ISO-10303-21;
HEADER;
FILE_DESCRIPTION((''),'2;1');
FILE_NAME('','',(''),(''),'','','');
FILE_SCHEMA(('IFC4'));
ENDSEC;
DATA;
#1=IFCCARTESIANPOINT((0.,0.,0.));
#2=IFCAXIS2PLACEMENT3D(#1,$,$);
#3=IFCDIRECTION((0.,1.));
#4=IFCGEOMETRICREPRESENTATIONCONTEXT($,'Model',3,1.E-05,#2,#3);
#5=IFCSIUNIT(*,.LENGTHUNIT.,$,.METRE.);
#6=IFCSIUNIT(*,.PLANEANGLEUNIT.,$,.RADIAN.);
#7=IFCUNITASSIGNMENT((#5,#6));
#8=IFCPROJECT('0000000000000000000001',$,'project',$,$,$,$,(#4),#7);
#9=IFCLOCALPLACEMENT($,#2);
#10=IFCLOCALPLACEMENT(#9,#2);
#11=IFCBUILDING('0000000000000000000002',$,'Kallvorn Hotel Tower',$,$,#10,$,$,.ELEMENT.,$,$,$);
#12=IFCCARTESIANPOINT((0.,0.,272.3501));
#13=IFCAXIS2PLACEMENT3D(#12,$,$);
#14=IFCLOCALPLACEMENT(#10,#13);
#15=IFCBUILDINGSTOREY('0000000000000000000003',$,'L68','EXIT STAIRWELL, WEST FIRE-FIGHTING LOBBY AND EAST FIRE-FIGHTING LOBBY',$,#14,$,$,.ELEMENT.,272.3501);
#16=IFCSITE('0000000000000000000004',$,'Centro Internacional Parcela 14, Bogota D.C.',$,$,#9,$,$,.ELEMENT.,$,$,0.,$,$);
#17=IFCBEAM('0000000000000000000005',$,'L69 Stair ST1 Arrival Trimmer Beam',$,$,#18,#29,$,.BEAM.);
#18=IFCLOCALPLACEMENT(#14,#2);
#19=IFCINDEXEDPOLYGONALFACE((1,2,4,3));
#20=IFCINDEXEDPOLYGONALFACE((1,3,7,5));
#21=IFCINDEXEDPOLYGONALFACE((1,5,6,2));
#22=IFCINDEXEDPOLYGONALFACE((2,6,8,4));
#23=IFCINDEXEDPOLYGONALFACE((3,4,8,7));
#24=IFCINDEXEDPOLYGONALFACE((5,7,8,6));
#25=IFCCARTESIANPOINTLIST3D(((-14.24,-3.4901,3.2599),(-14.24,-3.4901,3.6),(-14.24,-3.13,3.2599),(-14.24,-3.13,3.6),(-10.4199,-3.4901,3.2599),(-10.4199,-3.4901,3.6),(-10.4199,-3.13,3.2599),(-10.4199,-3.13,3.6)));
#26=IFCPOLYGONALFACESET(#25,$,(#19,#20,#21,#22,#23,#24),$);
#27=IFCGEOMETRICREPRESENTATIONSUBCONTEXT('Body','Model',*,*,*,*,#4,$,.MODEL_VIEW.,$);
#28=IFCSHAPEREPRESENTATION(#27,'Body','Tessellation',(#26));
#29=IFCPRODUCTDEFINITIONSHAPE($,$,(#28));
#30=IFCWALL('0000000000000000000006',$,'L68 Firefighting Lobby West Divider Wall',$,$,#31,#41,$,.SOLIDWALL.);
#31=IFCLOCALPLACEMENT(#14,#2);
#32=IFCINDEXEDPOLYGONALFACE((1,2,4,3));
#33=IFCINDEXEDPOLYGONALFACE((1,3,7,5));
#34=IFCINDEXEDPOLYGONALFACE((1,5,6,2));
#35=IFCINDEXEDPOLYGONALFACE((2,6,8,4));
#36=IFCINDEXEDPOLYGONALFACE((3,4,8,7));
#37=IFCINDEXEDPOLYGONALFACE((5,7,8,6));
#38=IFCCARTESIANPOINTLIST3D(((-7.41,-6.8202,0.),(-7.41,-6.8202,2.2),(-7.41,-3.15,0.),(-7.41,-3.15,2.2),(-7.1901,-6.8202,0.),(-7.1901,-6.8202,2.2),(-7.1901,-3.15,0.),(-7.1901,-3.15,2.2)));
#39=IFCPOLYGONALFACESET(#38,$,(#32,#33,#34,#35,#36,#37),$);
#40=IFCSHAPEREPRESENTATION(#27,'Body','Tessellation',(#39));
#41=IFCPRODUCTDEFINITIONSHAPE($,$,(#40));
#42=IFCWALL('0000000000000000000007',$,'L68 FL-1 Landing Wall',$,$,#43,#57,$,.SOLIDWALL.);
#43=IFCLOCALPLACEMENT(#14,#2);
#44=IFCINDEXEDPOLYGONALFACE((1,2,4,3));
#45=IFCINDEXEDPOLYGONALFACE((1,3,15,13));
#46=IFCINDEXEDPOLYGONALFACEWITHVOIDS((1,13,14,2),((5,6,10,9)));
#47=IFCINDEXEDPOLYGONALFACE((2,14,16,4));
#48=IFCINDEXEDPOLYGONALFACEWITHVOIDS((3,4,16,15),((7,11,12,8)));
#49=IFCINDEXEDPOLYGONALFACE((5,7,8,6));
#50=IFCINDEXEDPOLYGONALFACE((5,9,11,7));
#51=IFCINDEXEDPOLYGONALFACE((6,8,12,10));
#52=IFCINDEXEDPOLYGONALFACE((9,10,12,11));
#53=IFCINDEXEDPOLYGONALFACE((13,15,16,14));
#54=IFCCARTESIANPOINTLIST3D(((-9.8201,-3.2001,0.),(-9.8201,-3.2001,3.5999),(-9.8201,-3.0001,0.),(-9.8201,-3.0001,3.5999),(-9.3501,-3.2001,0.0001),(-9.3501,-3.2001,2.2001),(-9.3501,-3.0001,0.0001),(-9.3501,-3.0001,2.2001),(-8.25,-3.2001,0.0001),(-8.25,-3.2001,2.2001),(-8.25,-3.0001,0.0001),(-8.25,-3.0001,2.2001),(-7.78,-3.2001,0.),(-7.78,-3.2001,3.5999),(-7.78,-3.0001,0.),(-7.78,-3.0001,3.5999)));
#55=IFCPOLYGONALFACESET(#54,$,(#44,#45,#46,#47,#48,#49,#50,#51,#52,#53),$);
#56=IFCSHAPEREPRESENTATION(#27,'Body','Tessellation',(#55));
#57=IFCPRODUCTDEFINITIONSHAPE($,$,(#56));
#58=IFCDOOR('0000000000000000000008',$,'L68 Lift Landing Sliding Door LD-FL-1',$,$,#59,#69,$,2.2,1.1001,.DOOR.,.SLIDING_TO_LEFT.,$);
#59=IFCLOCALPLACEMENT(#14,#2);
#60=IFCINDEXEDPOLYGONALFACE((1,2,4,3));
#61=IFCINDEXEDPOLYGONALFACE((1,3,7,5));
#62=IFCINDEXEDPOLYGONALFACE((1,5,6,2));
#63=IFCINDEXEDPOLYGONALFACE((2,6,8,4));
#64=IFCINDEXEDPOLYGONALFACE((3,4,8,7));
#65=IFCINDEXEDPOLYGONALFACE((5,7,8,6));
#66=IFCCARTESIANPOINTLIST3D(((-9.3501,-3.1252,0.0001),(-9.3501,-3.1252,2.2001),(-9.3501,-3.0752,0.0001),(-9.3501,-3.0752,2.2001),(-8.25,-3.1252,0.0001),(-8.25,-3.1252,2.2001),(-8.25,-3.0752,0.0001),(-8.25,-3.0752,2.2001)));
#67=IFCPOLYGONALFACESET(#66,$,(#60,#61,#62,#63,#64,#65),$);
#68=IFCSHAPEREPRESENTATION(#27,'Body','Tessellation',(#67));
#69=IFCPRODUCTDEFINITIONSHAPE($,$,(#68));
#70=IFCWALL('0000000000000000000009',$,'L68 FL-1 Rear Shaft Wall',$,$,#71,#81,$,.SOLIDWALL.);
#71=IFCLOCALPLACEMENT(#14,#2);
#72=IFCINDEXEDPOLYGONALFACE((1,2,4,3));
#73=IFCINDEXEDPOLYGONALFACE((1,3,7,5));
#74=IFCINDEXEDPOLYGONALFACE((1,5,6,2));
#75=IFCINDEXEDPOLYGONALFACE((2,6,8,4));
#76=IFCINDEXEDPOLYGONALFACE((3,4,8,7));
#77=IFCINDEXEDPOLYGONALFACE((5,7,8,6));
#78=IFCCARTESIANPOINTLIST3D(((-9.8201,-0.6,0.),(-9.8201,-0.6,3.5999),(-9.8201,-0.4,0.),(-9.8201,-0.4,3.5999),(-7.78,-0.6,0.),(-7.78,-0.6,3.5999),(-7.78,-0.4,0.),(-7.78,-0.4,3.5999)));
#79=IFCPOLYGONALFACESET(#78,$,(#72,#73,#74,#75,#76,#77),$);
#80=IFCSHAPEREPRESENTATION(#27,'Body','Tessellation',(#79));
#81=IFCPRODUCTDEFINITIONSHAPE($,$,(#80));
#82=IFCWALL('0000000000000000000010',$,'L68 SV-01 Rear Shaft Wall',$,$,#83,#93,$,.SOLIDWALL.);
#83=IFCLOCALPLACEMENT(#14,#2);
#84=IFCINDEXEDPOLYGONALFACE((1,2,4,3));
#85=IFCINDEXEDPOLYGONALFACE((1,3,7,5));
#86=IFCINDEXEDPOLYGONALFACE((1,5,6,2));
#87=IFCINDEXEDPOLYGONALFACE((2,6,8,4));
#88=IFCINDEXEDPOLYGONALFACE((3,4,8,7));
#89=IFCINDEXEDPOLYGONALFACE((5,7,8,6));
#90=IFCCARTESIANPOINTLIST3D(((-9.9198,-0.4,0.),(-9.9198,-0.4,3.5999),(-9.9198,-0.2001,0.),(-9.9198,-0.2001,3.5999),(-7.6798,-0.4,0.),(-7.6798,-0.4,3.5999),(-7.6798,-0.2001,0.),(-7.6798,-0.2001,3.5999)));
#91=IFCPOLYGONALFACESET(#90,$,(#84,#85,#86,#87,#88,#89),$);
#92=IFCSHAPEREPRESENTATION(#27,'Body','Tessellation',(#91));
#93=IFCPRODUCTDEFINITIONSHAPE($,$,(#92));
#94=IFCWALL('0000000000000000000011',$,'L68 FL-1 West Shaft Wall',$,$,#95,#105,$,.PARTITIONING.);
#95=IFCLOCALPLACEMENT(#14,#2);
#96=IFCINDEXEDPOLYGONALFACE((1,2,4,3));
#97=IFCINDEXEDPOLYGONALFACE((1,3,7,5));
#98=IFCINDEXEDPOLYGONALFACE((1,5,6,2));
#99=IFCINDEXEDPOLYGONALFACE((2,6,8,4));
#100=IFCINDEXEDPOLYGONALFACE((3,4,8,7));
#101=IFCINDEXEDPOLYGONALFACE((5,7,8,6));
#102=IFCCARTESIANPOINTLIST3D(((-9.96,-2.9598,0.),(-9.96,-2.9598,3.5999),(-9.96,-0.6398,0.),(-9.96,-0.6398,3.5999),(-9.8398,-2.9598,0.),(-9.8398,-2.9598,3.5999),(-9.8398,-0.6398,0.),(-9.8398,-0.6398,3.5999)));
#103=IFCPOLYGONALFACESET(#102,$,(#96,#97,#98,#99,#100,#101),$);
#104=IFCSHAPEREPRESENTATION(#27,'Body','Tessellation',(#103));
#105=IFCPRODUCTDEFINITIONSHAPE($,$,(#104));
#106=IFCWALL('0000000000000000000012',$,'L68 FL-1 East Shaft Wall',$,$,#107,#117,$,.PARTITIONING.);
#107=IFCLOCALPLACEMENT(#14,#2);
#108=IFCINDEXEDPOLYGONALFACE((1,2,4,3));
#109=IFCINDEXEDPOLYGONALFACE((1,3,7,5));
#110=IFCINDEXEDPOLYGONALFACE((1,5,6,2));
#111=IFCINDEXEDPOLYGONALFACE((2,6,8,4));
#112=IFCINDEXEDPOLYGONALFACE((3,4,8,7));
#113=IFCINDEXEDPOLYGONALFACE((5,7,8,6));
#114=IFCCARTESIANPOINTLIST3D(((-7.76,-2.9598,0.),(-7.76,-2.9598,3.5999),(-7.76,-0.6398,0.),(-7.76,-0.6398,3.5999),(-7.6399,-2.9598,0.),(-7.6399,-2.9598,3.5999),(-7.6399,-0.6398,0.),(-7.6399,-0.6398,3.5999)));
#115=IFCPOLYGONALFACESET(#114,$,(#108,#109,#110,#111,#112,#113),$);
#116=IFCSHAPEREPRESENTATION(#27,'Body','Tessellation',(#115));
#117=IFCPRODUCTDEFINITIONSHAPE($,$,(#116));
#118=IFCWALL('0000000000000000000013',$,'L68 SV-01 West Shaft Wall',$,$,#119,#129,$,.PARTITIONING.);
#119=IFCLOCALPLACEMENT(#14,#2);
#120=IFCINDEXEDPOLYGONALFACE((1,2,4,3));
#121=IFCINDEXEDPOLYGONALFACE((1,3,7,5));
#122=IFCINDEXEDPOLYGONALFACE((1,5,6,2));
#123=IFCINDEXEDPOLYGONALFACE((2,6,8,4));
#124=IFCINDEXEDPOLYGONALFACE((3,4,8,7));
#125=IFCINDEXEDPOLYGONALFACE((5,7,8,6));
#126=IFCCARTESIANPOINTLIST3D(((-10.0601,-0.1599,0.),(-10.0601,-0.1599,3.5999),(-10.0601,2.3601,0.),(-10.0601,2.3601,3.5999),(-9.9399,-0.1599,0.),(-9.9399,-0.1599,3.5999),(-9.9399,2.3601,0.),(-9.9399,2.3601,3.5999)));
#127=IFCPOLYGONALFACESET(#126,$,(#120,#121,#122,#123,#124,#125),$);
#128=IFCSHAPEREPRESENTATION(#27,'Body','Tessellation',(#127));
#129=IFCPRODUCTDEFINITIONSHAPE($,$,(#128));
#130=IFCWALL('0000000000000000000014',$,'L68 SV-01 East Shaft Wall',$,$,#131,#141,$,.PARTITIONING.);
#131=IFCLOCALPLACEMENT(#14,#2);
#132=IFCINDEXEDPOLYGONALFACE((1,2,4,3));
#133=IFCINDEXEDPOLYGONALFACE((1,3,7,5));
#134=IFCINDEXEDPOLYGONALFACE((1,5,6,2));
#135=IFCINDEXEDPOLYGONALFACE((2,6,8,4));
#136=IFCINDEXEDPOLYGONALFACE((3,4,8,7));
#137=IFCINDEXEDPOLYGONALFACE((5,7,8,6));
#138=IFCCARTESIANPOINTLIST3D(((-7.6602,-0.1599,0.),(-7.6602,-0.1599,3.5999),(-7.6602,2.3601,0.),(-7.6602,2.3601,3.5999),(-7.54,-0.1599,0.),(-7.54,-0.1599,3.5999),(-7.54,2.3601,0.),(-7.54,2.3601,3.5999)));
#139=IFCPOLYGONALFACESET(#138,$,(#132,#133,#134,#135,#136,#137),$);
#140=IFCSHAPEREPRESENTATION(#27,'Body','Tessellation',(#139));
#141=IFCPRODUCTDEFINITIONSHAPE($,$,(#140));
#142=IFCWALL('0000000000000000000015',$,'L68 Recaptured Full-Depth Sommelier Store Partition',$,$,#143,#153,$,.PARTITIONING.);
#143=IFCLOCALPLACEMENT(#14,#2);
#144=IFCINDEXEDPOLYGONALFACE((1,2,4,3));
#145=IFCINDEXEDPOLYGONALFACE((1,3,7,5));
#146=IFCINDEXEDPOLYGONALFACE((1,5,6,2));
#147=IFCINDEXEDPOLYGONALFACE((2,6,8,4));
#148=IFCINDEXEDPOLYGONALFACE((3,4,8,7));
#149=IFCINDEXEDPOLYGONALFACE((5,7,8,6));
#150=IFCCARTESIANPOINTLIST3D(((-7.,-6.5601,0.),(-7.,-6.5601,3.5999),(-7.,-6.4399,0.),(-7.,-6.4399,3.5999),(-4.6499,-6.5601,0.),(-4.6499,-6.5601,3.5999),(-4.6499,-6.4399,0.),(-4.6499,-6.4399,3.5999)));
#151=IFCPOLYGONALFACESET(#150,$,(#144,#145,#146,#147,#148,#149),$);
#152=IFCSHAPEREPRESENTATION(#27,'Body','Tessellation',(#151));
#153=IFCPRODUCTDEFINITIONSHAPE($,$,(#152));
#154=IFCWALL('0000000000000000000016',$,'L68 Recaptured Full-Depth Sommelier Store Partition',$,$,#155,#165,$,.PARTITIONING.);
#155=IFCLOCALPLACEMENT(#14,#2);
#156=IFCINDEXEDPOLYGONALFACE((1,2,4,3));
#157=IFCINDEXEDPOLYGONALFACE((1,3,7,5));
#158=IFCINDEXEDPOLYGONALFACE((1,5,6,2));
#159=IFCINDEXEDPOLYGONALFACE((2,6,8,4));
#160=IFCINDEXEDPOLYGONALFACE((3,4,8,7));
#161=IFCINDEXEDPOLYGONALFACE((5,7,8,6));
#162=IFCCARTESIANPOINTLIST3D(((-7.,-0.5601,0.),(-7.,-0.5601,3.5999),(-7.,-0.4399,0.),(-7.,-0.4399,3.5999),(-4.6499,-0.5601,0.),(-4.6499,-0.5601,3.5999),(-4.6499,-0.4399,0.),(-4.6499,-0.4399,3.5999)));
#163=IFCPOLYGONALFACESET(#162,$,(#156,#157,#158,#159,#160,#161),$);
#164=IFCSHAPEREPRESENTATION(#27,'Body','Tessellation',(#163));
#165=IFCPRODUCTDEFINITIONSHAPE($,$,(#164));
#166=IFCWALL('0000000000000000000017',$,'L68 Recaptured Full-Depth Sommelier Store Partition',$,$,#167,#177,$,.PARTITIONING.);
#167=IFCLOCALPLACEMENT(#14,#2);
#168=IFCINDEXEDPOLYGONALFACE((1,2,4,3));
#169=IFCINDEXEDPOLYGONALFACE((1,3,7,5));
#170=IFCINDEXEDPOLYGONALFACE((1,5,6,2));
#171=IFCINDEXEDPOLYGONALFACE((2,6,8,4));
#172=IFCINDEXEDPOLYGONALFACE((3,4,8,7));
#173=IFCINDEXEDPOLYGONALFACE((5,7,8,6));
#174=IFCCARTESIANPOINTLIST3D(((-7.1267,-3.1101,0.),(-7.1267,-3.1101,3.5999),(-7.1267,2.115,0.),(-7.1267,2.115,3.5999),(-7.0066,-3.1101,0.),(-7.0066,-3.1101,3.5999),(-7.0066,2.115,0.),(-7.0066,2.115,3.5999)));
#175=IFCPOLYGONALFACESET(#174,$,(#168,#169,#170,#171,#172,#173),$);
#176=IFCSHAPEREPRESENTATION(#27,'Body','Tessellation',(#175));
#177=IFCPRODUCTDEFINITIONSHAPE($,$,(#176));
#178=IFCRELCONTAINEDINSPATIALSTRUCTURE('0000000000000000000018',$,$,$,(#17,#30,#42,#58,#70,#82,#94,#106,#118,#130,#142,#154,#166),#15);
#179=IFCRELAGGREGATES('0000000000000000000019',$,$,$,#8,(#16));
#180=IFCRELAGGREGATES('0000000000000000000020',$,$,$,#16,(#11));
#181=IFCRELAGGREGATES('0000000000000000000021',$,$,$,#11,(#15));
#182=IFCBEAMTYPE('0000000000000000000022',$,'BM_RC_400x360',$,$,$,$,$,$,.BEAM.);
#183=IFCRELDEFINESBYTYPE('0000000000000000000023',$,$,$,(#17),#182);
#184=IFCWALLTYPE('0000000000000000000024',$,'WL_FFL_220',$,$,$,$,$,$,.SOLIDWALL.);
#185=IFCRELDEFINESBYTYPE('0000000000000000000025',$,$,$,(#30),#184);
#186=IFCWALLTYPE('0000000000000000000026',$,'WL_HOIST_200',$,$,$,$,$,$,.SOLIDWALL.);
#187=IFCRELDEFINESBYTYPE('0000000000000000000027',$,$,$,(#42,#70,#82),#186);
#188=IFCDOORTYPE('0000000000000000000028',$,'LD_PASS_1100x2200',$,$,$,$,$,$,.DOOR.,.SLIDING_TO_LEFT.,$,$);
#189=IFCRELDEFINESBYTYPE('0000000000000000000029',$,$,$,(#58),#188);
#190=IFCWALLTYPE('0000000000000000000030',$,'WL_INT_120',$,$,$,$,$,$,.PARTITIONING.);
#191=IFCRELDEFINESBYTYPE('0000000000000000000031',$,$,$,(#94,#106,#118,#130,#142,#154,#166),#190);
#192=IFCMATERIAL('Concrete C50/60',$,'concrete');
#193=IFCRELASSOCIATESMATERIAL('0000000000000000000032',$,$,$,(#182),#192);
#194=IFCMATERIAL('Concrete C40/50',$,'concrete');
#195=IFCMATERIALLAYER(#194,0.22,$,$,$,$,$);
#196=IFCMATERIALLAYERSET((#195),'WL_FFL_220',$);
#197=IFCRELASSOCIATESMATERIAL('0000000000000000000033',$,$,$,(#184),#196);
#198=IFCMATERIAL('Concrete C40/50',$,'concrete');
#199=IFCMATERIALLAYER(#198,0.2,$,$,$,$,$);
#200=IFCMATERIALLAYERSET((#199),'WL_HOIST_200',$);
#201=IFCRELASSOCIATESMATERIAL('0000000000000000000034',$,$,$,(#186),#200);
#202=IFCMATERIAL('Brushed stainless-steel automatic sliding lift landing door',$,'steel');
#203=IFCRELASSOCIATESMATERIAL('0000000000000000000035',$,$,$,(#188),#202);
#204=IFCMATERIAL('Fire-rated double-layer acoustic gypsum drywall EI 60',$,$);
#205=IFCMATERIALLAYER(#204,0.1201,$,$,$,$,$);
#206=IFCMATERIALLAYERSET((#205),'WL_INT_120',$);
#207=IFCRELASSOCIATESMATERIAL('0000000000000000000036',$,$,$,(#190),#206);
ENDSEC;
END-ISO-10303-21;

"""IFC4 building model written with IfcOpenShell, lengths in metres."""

from ifc_helpers import new_model, si_unit, direction, frame, frame_2d, origin, origin_2d, place, context, subcontext, project, spatial, rectangle, extrude, material, layer, layer_set, material_profile, profile_set, type_object, element, fill, save


model = new_model("IFC4")

# Units and contexts
model_context = context("Model", 3, precision=1e-05, world=origin(), true_north=direction((0.0, 1.0)))
body_context = subcontext(model_context, "Body", "Model", "MODEL_VIEW")
ifc_project = project(units=[si_unit("LENGTHUNIT", "METRE"), si_unit("PLANEANGLEUNIT", "RADIAN")], contexts=[model_context])

# Site, building, storey
site_placement = place(None, origin())
site = spatial("IfcSite", under=ifc_project, at=site_placement, Name="Centro Internacional Parcela 14, Bogota D.C.", CompositionType="ELEMENT", RefElevation=0.0)
building_placement = place(site_placement, origin())
building = spatial("IfcBuilding", under=site, at=building_placement, Name="Kallvorn Hotel Tower", CompositionType="ELEMENT")
storey_placement = place(building_placement, frame((0.0, 0.0, 272.3501)))
storey = spatial("IfcBuildingStorey", under=building, at=storey_placement, Name="L68", Description="EXIT STAIRWELL, WEST FIRE-FIGHTING LOBBY AND EAST FIRE-FIGHTING LOBBY", CompositionType="ELEMENT", Elevation=272.3501)

# Beam
ifc_material_1 = material(Name="Concrete C50/60", Category="concrete")
ifc_material_profile = material_profile(ifc_material_1, rectangle(XDim=0.3601, YDim=0.3401, at=origin_2d()), Name="RC 360x340")
ifc_profile_set = profile_set([ifc_material_profile], Name="Concrete C50/60")
beam_type = type_object("IfcBeamType", Name="BM_RC_400x360", PredefinedType="BEAM", material=ifc_profile_set)
beam_placement = place(storey_placement, frame((-10.4199, -3.3101, 3.4299), z_axis=(-1.0, 0.0, 0.0), x_axis=(0.0, -1.0, 0.0)))
element("IfcBeam", 1, at=beam_placement, inside=storey, type_object=beam_type, Name="L69 Stair ST1 Arrival Trimmer Beam", PredefinedType="BEAM", context=body_context, shape_type="SweptSolid", body=[
    extrude(rectangle(XDim=0.3601, YDim=0.3401, at=origin_2d()), origin(), (0.0, 0.0, 1.0), 3.8201),
])

# Wall
ifc_material_2 = material(Name="Concrete C40/50", Category="concrete")
ifc_layer_1 = layer(ifc_material_2, 0.22)
ifc_layer_set_1 = layer_set([ifc_layer_1], Name="WL_FFL_220")
wall_type_1 = type_object("IfcWallType", Name="WL_FFL_220", PredefinedType="SOLIDWALL", material=ifc_layer_set_1)
wall_1_placement = place(storey_placement, frame((-7.3, -6.8201, 0.0), z_axis=(0.0, 0.0, 1.0), x_axis=(0.0, 1.0, 0.0)))
element("IfcWall", 2, at=wall_1_placement, inside=storey, type_object=wall_type_1, Name="L68 Firefighting Lobby West Divider Wall", PredefinedType="SOLIDWALL", context=body_context, shape_type="SweptSolid", body=[
    extrude(rectangle(XDim=3.6702, YDim=0.22, at=frame_2d((1.835, 0.0))), origin(), (0.0, 0.0, 1.0), 2.2),
])

# Wall, opening, door
ifc_material_3 = material(Name="Concrete C40/50", Category="concrete")
ifc_layer_2 = layer(ifc_material_3, 0.2)
ifc_layer_set_2 = layer_set([ifc_layer_2], Name="WL_HOIST_200")
wall_type_2 = type_object("IfcWallType", Name="WL_HOIST_200", PredefinedType="SOLIDWALL", material=ifc_layer_set_2)
wall_2_placement = place(storey_placement, frame((-9.8201, -3.1001, 0.0), z_axis=(0.0, 0.0, 1.0), x_axis=(1.0, 0.0, 0.0)))
wall_2 = element("IfcWall", 3, at=wall_2_placement, inside=storey, type_object=wall_type_2, Name="L68 FL-1 Landing Wall", PredefinedType="SOLIDWALL", context=body_context, shape_type="SweptSolid", body=[
    extrude(rectangle(XDim=2.04, YDim=0.2, at=frame_2d((1.02, 0.0))), origin(), (0.0, 0.0, 1.0), 3.5999),
])
opening_1_placement = place(wall_2_placement, frame((0.47, 0.0, 0.0)))
opening_1 = element("IfcOpeningElement", 4, at=opening_1_placement, cuts=wall_2, PredefinedType="OPENING", context=body_context, shape_type="SweptSolid", body=[
    extrude(rectangle(XDim=1.1001, YDim=2.2, at=frame_2d((0.55, 1.1001))), frame((0.0, 0.115, 0.0), z_axis=(0.0, -1.0, 0.0), x_axis=(1.0, 0.0, 0.0)), (0.0, 0.0, 1.0), 0.23),
])
ifc_material_4 = material(Name="Brushed stainless-steel automatic sliding lift landing door", Category="steel")
door_type_1 = type_object("IfcDoorType", Name="LD_PASS_1100x2200", OperationType="SLIDING_TO_LEFT", PredefinedType="DOOR", material=ifc_material_4)
door_1_placement = place(opening_1_placement, origin())
door_1 = element("IfcDoor", 5, at=door_1_placement, inside=storey, type_object=door_type_1, Name="L68 Lift Landing Sliding Door LD-FL-1", OperationType="SLIDING_TO_LEFT", OverallHeight=2.2, OverallWidth=1.1001, PredefinedType="DOOR", context=body_context, shape_type="SweptSolid", body=[
    extrude(rectangle(XDim=1.1001, YDim=2.2, at=frame_2d((0.55, 1.1001))), frame((0.0, 0.0249, 0.0), z_axis=(0.0, -1.0, 0.0), x_axis=(1.0, 0.0, 0.0)), (0.0, 0.0, 1.0), 0.05),
])
fill(opening_1, door_1)

# Walls
wall_3_placement = place(storey_placement, frame((-9.8201, -0.5, 0.0), z_axis=(0.0, 0.0, 1.0), x_axis=(1.0, 0.0, 0.0)))
element("IfcWall", 6, at=wall_3_placement, inside=storey, type_object=wall_type_2, Name="L68 FL-1 Rear Shaft Wall", PredefinedType="SOLIDWALL", context=body_context, shape_type="SweptSolid", body=[
    extrude(rectangle(XDim=2.04, YDim=0.2, at=frame_2d((1.02, 0.0))), origin(), (0.0, 0.0, 1.0), 3.5999),
])
wall_4_placement = place(storey_placement, frame((-9.9199, -0.3, 0.0), z_axis=(0.0, 0.0, 1.0), x_axis=(1.0, 0.0, 0.0)))
element("IfcWall", 7, at=wall_4_placement, inside=storey, type_object=wall_type_2, Name="L68 SV-01 Rear Shaft Wall", PredefinedType="SOLIDWALL", context=body_context, shape_type="SweptSolid", body=[
    extrude(rectangle(XDim=2.24, YDim=0.2, at=frame_2d((1.1201, 0.0))), origin(), (0.0, 0.0, 1.0), 3.5999),
])
ifc_material_5 = material(Name="Fire-rated double-layer acoustic gypsum drywall EI 60")
ifc_layer_3 = layer(ifc_material_5, 0.1201)
ifc_layer_set_3 = layer_set([ifc_layer_3], Name="WL_INT_120")
wall_type_3 = type_object("IfcWallType", Name="WL_INT_120", PredefinedType="PARTITIONING", material=ifc_layer_set_3)
for number, where, z_axis, x_axis, name in (
    (8, (-9.8999, -2.96, 0.0), (0.0, 0.0, 1.0), (0.0, 1.0, 0.0), "L68 FL-1 West Shaft Wall"),
    (9, (-7.7, -2.96, 0.0), (0.0, 0.0, 1.0), (0.0, 1.0, 0.0), "L68 FL-1 East Shaft Wall"),
):
    element("IfcWall", number, at=place(storey_placement, frame(where, z_axis=z_axis, x_axis=x_axis)), inside=storey, type_object=wall_type_3, Name=name, PredefinedType="PARTITIONING", context=body_context, shape_type="SweptSolid", body=[
        extrude(rectangle(XDim=2.3201, YDim=0.1201, at=frame_2d((1.1602, 0.0))), origin(), (0.0, 0.0, 1.0), 3.5999),
    ])
for number, where, z_axis, x_axis, name in (
    (10, (-10.0, -0.1599, 0.0), (0.0, 0.0, 1.0), (0.0, 1.0, 0.0), "L68 SV-01 West Shaft Wall"),
    (11, (-7.6001, -0.1599, 0.0), (0.0, 0.0, 1.0), (0.0, 1.0, 0.0), "L68 SV-01 East Shaft Wall"),
):
    element("IfcWall", number, at=place(storey_placement, frame(where, z_axis=z_axis, x_axis=x_axis)), inside=storey, type_object=wall_type_3, Name=name, PredefinedType="PARTITIONING", context=body_context, shape_type="SweptSolid", body=[
        extrude(rectangle(XDim=2.52, YDim=0.1201, at=frame_2d((1.26, 0.0))), origin(), (0.0, 0.0, 1.0), 3.5999),
    ])
for number, where, z_axis, x_axis, name in (
    (12, (-7.0, -6.5, 0.0), (0.0, 0.0, 1.0), (1.0, 0.0, 0.0), "L68 Recaptured Full-Depth Sommelier Store Partition"),
    (13, (-7.0, -0.5, 0.0), (0.0, 0.0, 1.0), (1.0, 0.0, 0.0), "L68 Recaptured Full-Depth Sommelier Store Partition"),
):
    element("IfcWall", number, at=place(storey_placement, frame(where, z_axis=z_axis, x_axis=x_axis)), inside=storey, type_object=wall_type_3, Name=name, PredefinedType="PARTITIONING", context=body_context, shape_type="SweptSolid", body=[
        extrude(rectangle(XDim=2.3501, YDim=0.1201, at=frame_2d((1.175, 0.0))), origin(), (0.0, 0.0, 1.0), 3.5999),
    ])
wall_5_placement = place(storey_placement, frame((-7.0667, -3.1101, 0.0), z_axis=(0.0, 0.0, 1.0), x_axis=(0.0, 1.0, 0.0)))
element("IfcWall", 14, at=wall_5_placement, inside=storey, type_object=wall_type_3, Name="L68 Recaptured Full-Depth Sommelier Store Partition", PredefinedType="PARTITIONING", context=body_context, shape_type="SweptSolid", body=[
    extrude(rectangle(XDim=5.2251, YDim=0.1201, at=frame_2d((2.6125, 0.0))), origin(), (0.0, 0.0, 1.0), 3.5999),
])

save(model, "model.ifc")
